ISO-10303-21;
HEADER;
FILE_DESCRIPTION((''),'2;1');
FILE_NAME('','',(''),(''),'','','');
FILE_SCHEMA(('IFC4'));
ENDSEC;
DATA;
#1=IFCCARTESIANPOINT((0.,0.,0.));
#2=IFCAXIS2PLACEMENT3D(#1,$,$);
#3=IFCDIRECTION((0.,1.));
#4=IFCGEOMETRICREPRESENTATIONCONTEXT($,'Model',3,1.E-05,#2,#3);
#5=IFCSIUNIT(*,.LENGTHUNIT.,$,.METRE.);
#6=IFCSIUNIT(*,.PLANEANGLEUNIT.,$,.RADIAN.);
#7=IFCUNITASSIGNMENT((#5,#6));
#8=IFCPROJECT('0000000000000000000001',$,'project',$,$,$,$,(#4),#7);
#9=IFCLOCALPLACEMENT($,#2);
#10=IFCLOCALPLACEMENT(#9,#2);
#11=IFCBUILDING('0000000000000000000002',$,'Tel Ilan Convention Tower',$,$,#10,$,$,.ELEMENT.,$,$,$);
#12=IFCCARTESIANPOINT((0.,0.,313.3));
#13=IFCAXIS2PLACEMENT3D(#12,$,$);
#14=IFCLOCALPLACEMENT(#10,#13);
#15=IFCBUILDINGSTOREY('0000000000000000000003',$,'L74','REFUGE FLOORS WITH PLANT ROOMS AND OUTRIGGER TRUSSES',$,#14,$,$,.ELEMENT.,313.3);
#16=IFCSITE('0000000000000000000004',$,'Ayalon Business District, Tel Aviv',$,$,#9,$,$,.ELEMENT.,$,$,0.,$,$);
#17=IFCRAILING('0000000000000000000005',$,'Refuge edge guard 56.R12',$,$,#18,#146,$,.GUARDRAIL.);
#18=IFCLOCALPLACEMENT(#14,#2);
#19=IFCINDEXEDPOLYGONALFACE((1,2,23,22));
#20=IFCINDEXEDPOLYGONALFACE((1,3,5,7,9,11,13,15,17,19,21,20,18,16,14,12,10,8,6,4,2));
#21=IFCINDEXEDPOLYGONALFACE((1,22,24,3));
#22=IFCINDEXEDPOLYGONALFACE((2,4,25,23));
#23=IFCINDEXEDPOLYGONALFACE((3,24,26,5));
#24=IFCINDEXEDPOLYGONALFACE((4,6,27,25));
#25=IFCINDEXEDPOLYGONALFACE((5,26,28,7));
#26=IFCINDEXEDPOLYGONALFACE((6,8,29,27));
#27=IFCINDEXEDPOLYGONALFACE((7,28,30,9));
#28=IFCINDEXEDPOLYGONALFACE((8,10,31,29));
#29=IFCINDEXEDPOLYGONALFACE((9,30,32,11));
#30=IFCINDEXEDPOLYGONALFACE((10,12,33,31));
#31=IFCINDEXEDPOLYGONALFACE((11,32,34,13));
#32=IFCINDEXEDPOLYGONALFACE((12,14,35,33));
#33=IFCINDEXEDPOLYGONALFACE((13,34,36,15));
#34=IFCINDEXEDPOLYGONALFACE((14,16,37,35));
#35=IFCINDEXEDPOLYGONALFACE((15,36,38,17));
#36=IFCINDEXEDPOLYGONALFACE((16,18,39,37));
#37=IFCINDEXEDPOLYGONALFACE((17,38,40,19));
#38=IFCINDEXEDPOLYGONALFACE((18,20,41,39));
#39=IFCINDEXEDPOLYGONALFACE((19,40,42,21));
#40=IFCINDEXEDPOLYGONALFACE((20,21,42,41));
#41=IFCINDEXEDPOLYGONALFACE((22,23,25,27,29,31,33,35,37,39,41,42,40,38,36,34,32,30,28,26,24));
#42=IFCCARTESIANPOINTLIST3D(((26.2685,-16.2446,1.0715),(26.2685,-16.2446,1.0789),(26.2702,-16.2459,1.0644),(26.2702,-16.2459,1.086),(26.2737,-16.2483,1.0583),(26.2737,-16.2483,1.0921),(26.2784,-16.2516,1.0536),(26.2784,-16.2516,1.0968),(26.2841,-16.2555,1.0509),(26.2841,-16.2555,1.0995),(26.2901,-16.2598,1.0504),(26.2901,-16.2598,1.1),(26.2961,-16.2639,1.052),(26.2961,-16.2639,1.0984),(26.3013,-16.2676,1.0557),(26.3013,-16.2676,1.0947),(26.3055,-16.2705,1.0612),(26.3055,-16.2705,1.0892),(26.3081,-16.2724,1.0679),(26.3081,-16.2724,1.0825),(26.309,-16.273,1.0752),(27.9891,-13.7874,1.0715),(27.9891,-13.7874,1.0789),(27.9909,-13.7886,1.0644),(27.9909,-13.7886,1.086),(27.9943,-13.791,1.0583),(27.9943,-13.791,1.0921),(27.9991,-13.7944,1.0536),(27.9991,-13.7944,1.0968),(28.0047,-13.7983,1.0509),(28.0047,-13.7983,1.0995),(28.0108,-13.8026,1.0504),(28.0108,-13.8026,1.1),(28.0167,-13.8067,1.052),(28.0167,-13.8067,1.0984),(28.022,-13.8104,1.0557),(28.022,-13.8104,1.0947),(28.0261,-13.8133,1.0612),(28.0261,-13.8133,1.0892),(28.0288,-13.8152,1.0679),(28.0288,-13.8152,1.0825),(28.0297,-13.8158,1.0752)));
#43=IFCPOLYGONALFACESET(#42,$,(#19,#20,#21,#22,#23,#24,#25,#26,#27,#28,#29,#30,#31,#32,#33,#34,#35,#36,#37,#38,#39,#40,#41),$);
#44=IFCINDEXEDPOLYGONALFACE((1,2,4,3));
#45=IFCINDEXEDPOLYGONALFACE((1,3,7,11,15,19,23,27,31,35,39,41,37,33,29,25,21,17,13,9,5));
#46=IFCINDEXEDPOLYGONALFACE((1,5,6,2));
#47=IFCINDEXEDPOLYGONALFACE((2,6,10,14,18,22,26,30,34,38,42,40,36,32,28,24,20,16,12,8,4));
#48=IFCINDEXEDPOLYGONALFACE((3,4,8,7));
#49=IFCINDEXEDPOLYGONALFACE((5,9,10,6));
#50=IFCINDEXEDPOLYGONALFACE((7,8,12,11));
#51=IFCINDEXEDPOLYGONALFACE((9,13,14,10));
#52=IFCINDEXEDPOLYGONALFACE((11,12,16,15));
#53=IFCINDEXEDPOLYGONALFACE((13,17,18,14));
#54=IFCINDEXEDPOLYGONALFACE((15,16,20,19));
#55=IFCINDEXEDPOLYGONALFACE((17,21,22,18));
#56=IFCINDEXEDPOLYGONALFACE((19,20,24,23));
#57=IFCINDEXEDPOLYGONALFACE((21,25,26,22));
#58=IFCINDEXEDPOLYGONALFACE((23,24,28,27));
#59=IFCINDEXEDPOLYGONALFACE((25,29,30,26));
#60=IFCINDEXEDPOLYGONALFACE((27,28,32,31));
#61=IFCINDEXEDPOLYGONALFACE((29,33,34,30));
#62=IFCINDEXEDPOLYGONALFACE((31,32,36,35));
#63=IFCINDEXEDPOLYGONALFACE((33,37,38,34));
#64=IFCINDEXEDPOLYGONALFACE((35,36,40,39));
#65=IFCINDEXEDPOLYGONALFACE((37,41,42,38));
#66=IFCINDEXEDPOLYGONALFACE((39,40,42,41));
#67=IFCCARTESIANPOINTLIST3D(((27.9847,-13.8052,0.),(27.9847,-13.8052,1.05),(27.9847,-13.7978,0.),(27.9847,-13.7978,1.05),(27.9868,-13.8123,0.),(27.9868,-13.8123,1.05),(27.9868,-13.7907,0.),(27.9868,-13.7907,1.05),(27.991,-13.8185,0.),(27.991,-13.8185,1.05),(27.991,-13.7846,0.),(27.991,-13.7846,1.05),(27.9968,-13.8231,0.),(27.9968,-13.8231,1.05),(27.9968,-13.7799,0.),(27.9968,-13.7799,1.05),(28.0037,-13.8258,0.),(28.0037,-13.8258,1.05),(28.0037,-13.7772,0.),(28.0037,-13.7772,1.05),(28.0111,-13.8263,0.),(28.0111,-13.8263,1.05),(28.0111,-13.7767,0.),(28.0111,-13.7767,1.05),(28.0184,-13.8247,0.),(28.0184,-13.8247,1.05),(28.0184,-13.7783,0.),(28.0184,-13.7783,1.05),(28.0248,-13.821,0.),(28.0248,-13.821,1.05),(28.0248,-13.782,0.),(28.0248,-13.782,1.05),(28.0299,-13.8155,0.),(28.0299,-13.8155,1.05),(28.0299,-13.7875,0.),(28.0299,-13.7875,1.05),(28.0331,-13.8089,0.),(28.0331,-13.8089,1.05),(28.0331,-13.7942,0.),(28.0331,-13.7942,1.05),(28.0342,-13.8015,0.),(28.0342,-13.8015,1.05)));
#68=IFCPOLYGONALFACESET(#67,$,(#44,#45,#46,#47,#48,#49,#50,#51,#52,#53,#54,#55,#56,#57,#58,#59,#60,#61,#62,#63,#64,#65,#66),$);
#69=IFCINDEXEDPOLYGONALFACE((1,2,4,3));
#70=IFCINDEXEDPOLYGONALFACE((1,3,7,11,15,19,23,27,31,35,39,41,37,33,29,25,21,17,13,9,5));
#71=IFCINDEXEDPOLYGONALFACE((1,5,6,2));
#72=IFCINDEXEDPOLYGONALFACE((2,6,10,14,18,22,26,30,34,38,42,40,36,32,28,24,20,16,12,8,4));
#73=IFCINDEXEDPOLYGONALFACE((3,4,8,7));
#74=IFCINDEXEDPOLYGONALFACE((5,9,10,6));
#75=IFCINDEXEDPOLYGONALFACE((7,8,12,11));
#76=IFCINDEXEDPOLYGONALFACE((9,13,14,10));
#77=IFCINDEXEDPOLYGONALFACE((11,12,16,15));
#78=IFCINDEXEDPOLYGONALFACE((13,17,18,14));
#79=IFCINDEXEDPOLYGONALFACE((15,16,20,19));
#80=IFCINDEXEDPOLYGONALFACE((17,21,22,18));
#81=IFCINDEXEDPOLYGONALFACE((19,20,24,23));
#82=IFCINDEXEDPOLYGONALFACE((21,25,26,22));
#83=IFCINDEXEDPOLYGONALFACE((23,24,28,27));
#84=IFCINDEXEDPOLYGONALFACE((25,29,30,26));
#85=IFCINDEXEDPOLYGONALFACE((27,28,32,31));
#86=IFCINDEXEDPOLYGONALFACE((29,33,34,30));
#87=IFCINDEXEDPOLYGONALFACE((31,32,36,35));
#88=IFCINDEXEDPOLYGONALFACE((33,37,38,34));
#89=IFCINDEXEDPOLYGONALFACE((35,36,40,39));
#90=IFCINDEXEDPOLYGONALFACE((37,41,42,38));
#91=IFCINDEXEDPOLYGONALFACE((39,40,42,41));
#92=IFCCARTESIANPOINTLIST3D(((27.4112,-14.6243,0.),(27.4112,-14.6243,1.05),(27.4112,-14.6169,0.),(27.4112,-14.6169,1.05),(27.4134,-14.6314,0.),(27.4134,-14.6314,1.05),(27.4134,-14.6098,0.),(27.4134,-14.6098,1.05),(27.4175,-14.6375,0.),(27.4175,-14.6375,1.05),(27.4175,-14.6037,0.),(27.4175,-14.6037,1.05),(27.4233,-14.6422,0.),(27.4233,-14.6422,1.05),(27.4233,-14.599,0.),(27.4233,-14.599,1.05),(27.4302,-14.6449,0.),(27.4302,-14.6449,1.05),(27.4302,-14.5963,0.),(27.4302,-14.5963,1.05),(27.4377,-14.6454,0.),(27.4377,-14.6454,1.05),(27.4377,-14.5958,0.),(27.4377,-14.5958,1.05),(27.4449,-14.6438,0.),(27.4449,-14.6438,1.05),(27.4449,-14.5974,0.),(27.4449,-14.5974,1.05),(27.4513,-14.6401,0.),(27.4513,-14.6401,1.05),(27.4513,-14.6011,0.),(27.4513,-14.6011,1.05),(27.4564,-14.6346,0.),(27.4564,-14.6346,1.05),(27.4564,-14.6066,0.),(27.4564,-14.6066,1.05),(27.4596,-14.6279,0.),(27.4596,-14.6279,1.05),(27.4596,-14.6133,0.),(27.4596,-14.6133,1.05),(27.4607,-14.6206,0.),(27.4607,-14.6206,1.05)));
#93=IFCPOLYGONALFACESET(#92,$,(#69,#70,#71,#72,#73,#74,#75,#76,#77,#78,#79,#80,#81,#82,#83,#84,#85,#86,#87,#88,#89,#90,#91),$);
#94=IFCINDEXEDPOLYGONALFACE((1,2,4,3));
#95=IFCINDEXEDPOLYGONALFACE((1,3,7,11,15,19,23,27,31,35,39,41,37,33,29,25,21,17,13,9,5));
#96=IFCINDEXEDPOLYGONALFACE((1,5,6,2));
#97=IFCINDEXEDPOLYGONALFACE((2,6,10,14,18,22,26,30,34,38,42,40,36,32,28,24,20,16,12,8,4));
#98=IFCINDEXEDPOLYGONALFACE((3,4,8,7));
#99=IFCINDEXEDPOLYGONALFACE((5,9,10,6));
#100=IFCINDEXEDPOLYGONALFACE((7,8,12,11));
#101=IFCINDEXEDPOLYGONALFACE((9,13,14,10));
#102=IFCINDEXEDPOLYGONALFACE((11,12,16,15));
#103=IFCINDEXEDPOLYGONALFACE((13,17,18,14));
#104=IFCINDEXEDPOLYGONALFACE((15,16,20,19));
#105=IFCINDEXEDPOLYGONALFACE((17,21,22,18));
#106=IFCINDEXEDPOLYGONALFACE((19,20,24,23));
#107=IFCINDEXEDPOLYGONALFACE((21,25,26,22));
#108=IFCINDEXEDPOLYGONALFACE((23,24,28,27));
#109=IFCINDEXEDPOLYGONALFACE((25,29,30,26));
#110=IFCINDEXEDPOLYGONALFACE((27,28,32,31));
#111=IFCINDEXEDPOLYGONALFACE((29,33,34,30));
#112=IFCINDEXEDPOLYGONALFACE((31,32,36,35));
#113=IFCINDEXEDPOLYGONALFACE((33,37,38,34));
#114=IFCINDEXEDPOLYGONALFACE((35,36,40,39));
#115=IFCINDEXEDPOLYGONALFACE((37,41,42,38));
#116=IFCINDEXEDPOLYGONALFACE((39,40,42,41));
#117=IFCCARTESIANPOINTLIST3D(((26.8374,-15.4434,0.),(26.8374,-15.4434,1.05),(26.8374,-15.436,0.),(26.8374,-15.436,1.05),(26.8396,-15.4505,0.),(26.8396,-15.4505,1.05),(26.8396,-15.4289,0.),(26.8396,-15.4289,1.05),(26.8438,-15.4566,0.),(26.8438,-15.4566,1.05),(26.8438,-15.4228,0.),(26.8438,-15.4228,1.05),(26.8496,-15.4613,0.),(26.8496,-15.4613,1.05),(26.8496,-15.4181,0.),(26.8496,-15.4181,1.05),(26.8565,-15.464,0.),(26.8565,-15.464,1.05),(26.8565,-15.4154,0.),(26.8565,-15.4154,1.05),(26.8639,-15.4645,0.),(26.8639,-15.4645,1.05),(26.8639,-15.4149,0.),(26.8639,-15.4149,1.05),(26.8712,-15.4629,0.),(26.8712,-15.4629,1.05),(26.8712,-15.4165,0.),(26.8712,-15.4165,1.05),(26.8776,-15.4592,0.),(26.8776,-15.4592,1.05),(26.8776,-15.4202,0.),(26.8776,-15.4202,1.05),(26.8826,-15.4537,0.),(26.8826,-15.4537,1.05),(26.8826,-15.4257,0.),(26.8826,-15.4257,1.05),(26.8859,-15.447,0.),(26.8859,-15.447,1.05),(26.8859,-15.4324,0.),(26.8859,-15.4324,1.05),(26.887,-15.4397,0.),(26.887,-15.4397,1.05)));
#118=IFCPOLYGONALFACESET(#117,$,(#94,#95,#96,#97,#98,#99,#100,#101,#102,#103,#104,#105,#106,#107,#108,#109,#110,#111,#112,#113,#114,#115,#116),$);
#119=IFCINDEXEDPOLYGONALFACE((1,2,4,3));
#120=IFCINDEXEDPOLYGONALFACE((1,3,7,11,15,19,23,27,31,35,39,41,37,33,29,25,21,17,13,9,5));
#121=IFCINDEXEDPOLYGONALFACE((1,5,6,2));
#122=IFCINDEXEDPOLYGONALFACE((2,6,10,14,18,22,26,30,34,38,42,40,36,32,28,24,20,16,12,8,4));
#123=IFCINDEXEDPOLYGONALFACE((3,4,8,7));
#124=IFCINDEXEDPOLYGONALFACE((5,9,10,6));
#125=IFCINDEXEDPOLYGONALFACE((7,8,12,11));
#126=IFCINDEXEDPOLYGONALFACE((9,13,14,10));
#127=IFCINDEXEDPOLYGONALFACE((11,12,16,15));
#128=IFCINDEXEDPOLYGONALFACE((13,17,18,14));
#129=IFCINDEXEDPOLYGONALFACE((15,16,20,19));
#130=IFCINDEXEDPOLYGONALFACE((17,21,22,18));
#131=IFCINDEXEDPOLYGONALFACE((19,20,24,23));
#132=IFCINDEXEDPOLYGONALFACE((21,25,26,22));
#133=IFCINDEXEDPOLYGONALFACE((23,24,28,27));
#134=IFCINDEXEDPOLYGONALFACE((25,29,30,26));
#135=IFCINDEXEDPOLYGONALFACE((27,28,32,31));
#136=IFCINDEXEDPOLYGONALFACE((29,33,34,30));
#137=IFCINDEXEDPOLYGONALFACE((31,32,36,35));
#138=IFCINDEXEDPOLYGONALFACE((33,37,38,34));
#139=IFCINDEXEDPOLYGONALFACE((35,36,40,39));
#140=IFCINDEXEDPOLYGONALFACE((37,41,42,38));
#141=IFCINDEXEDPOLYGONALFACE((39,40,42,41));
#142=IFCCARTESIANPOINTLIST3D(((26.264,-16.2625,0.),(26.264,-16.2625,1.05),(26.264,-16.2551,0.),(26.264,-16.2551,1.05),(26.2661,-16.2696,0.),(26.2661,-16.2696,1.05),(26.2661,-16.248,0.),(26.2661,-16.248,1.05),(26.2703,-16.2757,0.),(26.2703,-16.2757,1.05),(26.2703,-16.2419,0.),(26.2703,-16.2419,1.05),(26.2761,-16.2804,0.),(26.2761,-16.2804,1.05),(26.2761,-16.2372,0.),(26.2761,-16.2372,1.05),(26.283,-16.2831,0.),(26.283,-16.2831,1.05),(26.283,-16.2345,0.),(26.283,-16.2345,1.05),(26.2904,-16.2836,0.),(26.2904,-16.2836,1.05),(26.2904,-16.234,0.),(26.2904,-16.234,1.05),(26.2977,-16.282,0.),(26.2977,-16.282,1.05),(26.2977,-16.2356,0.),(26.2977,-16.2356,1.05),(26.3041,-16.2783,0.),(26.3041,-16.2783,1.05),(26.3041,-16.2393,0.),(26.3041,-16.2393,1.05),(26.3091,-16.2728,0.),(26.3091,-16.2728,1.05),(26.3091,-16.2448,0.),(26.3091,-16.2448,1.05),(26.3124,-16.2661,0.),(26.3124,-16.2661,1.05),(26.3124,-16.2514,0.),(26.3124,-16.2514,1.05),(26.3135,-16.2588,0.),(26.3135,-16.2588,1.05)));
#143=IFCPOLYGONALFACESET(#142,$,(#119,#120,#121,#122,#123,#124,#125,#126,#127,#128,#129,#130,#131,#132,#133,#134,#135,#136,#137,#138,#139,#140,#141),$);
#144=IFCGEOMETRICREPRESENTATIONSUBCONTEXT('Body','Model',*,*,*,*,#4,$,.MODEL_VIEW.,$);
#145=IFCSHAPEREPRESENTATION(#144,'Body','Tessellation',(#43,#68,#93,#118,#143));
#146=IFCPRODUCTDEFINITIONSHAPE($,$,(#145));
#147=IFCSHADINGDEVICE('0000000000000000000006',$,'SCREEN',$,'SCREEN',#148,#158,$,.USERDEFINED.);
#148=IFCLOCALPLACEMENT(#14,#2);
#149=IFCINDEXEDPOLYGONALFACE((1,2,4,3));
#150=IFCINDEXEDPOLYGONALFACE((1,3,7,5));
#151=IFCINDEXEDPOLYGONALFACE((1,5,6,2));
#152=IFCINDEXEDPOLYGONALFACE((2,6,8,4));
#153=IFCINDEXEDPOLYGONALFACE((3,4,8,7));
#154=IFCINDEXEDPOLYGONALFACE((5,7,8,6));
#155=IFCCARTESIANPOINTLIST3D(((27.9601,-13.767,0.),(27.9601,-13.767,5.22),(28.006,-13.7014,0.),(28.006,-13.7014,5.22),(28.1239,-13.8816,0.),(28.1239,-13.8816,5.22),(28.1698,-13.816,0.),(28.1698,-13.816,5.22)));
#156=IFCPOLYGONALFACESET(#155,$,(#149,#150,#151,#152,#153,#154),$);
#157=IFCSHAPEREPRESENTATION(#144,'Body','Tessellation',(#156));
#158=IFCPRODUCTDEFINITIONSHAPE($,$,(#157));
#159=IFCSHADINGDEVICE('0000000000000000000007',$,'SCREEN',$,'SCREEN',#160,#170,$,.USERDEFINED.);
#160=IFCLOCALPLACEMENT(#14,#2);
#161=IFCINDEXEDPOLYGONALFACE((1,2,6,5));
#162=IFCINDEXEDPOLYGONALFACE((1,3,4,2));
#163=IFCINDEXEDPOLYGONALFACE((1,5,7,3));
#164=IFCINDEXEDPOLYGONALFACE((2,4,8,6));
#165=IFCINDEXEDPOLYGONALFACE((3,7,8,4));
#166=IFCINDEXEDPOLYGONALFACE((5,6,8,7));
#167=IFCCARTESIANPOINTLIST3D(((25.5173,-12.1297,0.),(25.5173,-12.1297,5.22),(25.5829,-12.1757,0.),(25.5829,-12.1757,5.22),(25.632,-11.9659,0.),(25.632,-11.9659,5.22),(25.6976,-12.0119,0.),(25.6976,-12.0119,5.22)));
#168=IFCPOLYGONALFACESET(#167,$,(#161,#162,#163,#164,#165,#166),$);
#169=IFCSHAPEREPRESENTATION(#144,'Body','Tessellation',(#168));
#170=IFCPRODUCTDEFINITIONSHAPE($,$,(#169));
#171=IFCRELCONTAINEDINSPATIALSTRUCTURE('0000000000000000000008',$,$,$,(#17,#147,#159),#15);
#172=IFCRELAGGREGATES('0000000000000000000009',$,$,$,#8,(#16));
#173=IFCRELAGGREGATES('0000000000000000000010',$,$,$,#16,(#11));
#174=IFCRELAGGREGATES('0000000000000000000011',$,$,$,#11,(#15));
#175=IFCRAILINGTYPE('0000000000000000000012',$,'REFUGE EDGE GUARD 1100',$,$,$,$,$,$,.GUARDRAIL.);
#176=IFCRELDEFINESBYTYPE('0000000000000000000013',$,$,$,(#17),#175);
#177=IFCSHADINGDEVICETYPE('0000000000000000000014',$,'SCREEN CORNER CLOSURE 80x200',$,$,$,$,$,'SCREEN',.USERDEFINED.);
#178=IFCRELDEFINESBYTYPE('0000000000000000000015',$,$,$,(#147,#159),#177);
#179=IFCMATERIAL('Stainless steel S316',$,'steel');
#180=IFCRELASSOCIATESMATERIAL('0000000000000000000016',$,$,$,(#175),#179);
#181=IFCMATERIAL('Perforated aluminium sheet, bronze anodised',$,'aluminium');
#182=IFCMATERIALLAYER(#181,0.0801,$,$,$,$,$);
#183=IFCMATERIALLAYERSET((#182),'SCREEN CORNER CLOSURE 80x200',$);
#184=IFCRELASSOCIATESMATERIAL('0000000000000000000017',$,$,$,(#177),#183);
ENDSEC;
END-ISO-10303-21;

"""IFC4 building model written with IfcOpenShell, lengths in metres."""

from ifc_helpers import new_model, si_unit, direction, frame, origin, origin_2d, place, context, subcontext, project, spatial, rectangle, circle, extrude, material, layer, layer_set, type_object, element, save


model = new_model("IFC4")

# Units and contexts
model_context = context("Model", 3, precision=1e-05, world=origin(), true_north=direction((0.0, 1.0)))
body_context = subcontext(model_context, "Body", "Model", "MODEL_VIEW")
ifc_project = project(units=[si_unit("LENGTHUNIT", "METRE"), si_unit("PLANEANGLEUNIT", "RADIAN")], contexts=[model_context])

# Site, building, storey
site_placement = place(None, origin())
site = spatial("IfcSite", under=ifc_project, at=site_placement, Name="Ayalon Business District, Tel Aviv", CompositionType="ELEMENT", RefElevation=0.0)
building_placement = place(site_placement, origin())
building = spatial("IfcBuilding", under=site, at=building_placement, Name="Tel Ilan Convention Tower", CompositionType="ELEMENT")
storey_placement = place(building_placement, frame((0.0, 0.0, 313.3)))
storey = spatial("IfcBuildingStorey", under=building, at=storey_placement, Name="L74", Description="REFUGE FLOORS WITH PLANT ROOMS AND OUTRIGGER TRUSSES", CompositionType="ELEMENT", Elevation=313.3)

# Railing
ifc_material_1 = material(Name="Stainless steel S316", Category="steel")
railing_type_1 = type_object("IfcRailingType", Name="REFUGE EDGE GUARD 1100", PredefinedType="GUARDRAIL", material=ifc_material_1)
railing_1_placement = place(storey_placement, frame((28.0093, -13.8015, 0.0)))
element("IfcRailing", 1, at=railing_1_placement, inside=storey, type_object=railing_type_1, Name="Refuge edge guard 56.R12", PredefinedType="GUARDRAIL", context=body_context, shape_type="SweptSolid", body=[
    extrude(circle(Radius=0.0249, at=origin_2d()), frame((0.0, 0.0, 1.0752), z_axis=(-0.573599, -0.819136, 0.0), x_axis=(0.819136, -0.573599, 0.0)), (0.0, 0.0, 1.0), 2.9998),
    extrude(circle(Radius=0.0249, at=origin_2d()), origin(), (0.0, 0.0, 1.0), 1.05),
    extrude(circle(Radius=0.0249, at=origin_2d()), frame((-0.5735, -0.8191, 0.0)), (0.0, 0.0, 1.0), 1.05),
    extrude(circle(Radius=0.0249, at=origin_2d()), frame((-1.1472, -1.6382, 0.0)), (0.0, 0.0, 1.0), 1.05),
    extrude(circle(Radius=0.0249, at=origin_2d()), frame((-1.7207, -2.4573, 0.0)), (0.0, 0.0, 1.0), 1.05),
])

# Shading devices
ifc_material_2 = material(Name="Perforated aluminium sheet, bronze anodised", Category="aluminium")
ifc_layer_1 = layer(ifc_material_2, 0.0801)
ifc_layer_set_1 = layer_set([ifc_layer_1], Name="SCREEN CORNER CLOSURE 80x200")
shading_device_type_1 = type_object("IfcShadingDeviceType", Name="SCREEN CORNER CLOSURE 80x200", ElementType="SCREEN", PredefinedType="USERDEFINED", material=ifc_layer_set_1)
for number, where, z_axis, x_axis, name in (
    (2, (28.0649, -13.7915, 0.0), (0.0, 0.0, 1.0), (0.573576, 0.819152, 0.0), "SCREEN"),
    (3, (25.6074, -12.0708, 0.0), (0.0, 0.0, 1.0), (-0.819152, 0.573576, 0.0), "SCREEN"),
):
    element("IfcShadingDevice", number, at=place(storey_placement, frame(where, z_axis=z_axis, x_axis=x_axis)), inside=storey, type_object=shading_device_type_1, Name=name, ObjectType="SCREEN", PredefinedType="USERDEFINED", context=body_context, shape_type="SweptSolid", body=[
        extrude(rectangle(XDim=0.0801, YDim=0.2, at=origin_2d()), origin(), (0.0, 0.0, 1.0), 5.22),
    ])

save(model, "model.ifc")
